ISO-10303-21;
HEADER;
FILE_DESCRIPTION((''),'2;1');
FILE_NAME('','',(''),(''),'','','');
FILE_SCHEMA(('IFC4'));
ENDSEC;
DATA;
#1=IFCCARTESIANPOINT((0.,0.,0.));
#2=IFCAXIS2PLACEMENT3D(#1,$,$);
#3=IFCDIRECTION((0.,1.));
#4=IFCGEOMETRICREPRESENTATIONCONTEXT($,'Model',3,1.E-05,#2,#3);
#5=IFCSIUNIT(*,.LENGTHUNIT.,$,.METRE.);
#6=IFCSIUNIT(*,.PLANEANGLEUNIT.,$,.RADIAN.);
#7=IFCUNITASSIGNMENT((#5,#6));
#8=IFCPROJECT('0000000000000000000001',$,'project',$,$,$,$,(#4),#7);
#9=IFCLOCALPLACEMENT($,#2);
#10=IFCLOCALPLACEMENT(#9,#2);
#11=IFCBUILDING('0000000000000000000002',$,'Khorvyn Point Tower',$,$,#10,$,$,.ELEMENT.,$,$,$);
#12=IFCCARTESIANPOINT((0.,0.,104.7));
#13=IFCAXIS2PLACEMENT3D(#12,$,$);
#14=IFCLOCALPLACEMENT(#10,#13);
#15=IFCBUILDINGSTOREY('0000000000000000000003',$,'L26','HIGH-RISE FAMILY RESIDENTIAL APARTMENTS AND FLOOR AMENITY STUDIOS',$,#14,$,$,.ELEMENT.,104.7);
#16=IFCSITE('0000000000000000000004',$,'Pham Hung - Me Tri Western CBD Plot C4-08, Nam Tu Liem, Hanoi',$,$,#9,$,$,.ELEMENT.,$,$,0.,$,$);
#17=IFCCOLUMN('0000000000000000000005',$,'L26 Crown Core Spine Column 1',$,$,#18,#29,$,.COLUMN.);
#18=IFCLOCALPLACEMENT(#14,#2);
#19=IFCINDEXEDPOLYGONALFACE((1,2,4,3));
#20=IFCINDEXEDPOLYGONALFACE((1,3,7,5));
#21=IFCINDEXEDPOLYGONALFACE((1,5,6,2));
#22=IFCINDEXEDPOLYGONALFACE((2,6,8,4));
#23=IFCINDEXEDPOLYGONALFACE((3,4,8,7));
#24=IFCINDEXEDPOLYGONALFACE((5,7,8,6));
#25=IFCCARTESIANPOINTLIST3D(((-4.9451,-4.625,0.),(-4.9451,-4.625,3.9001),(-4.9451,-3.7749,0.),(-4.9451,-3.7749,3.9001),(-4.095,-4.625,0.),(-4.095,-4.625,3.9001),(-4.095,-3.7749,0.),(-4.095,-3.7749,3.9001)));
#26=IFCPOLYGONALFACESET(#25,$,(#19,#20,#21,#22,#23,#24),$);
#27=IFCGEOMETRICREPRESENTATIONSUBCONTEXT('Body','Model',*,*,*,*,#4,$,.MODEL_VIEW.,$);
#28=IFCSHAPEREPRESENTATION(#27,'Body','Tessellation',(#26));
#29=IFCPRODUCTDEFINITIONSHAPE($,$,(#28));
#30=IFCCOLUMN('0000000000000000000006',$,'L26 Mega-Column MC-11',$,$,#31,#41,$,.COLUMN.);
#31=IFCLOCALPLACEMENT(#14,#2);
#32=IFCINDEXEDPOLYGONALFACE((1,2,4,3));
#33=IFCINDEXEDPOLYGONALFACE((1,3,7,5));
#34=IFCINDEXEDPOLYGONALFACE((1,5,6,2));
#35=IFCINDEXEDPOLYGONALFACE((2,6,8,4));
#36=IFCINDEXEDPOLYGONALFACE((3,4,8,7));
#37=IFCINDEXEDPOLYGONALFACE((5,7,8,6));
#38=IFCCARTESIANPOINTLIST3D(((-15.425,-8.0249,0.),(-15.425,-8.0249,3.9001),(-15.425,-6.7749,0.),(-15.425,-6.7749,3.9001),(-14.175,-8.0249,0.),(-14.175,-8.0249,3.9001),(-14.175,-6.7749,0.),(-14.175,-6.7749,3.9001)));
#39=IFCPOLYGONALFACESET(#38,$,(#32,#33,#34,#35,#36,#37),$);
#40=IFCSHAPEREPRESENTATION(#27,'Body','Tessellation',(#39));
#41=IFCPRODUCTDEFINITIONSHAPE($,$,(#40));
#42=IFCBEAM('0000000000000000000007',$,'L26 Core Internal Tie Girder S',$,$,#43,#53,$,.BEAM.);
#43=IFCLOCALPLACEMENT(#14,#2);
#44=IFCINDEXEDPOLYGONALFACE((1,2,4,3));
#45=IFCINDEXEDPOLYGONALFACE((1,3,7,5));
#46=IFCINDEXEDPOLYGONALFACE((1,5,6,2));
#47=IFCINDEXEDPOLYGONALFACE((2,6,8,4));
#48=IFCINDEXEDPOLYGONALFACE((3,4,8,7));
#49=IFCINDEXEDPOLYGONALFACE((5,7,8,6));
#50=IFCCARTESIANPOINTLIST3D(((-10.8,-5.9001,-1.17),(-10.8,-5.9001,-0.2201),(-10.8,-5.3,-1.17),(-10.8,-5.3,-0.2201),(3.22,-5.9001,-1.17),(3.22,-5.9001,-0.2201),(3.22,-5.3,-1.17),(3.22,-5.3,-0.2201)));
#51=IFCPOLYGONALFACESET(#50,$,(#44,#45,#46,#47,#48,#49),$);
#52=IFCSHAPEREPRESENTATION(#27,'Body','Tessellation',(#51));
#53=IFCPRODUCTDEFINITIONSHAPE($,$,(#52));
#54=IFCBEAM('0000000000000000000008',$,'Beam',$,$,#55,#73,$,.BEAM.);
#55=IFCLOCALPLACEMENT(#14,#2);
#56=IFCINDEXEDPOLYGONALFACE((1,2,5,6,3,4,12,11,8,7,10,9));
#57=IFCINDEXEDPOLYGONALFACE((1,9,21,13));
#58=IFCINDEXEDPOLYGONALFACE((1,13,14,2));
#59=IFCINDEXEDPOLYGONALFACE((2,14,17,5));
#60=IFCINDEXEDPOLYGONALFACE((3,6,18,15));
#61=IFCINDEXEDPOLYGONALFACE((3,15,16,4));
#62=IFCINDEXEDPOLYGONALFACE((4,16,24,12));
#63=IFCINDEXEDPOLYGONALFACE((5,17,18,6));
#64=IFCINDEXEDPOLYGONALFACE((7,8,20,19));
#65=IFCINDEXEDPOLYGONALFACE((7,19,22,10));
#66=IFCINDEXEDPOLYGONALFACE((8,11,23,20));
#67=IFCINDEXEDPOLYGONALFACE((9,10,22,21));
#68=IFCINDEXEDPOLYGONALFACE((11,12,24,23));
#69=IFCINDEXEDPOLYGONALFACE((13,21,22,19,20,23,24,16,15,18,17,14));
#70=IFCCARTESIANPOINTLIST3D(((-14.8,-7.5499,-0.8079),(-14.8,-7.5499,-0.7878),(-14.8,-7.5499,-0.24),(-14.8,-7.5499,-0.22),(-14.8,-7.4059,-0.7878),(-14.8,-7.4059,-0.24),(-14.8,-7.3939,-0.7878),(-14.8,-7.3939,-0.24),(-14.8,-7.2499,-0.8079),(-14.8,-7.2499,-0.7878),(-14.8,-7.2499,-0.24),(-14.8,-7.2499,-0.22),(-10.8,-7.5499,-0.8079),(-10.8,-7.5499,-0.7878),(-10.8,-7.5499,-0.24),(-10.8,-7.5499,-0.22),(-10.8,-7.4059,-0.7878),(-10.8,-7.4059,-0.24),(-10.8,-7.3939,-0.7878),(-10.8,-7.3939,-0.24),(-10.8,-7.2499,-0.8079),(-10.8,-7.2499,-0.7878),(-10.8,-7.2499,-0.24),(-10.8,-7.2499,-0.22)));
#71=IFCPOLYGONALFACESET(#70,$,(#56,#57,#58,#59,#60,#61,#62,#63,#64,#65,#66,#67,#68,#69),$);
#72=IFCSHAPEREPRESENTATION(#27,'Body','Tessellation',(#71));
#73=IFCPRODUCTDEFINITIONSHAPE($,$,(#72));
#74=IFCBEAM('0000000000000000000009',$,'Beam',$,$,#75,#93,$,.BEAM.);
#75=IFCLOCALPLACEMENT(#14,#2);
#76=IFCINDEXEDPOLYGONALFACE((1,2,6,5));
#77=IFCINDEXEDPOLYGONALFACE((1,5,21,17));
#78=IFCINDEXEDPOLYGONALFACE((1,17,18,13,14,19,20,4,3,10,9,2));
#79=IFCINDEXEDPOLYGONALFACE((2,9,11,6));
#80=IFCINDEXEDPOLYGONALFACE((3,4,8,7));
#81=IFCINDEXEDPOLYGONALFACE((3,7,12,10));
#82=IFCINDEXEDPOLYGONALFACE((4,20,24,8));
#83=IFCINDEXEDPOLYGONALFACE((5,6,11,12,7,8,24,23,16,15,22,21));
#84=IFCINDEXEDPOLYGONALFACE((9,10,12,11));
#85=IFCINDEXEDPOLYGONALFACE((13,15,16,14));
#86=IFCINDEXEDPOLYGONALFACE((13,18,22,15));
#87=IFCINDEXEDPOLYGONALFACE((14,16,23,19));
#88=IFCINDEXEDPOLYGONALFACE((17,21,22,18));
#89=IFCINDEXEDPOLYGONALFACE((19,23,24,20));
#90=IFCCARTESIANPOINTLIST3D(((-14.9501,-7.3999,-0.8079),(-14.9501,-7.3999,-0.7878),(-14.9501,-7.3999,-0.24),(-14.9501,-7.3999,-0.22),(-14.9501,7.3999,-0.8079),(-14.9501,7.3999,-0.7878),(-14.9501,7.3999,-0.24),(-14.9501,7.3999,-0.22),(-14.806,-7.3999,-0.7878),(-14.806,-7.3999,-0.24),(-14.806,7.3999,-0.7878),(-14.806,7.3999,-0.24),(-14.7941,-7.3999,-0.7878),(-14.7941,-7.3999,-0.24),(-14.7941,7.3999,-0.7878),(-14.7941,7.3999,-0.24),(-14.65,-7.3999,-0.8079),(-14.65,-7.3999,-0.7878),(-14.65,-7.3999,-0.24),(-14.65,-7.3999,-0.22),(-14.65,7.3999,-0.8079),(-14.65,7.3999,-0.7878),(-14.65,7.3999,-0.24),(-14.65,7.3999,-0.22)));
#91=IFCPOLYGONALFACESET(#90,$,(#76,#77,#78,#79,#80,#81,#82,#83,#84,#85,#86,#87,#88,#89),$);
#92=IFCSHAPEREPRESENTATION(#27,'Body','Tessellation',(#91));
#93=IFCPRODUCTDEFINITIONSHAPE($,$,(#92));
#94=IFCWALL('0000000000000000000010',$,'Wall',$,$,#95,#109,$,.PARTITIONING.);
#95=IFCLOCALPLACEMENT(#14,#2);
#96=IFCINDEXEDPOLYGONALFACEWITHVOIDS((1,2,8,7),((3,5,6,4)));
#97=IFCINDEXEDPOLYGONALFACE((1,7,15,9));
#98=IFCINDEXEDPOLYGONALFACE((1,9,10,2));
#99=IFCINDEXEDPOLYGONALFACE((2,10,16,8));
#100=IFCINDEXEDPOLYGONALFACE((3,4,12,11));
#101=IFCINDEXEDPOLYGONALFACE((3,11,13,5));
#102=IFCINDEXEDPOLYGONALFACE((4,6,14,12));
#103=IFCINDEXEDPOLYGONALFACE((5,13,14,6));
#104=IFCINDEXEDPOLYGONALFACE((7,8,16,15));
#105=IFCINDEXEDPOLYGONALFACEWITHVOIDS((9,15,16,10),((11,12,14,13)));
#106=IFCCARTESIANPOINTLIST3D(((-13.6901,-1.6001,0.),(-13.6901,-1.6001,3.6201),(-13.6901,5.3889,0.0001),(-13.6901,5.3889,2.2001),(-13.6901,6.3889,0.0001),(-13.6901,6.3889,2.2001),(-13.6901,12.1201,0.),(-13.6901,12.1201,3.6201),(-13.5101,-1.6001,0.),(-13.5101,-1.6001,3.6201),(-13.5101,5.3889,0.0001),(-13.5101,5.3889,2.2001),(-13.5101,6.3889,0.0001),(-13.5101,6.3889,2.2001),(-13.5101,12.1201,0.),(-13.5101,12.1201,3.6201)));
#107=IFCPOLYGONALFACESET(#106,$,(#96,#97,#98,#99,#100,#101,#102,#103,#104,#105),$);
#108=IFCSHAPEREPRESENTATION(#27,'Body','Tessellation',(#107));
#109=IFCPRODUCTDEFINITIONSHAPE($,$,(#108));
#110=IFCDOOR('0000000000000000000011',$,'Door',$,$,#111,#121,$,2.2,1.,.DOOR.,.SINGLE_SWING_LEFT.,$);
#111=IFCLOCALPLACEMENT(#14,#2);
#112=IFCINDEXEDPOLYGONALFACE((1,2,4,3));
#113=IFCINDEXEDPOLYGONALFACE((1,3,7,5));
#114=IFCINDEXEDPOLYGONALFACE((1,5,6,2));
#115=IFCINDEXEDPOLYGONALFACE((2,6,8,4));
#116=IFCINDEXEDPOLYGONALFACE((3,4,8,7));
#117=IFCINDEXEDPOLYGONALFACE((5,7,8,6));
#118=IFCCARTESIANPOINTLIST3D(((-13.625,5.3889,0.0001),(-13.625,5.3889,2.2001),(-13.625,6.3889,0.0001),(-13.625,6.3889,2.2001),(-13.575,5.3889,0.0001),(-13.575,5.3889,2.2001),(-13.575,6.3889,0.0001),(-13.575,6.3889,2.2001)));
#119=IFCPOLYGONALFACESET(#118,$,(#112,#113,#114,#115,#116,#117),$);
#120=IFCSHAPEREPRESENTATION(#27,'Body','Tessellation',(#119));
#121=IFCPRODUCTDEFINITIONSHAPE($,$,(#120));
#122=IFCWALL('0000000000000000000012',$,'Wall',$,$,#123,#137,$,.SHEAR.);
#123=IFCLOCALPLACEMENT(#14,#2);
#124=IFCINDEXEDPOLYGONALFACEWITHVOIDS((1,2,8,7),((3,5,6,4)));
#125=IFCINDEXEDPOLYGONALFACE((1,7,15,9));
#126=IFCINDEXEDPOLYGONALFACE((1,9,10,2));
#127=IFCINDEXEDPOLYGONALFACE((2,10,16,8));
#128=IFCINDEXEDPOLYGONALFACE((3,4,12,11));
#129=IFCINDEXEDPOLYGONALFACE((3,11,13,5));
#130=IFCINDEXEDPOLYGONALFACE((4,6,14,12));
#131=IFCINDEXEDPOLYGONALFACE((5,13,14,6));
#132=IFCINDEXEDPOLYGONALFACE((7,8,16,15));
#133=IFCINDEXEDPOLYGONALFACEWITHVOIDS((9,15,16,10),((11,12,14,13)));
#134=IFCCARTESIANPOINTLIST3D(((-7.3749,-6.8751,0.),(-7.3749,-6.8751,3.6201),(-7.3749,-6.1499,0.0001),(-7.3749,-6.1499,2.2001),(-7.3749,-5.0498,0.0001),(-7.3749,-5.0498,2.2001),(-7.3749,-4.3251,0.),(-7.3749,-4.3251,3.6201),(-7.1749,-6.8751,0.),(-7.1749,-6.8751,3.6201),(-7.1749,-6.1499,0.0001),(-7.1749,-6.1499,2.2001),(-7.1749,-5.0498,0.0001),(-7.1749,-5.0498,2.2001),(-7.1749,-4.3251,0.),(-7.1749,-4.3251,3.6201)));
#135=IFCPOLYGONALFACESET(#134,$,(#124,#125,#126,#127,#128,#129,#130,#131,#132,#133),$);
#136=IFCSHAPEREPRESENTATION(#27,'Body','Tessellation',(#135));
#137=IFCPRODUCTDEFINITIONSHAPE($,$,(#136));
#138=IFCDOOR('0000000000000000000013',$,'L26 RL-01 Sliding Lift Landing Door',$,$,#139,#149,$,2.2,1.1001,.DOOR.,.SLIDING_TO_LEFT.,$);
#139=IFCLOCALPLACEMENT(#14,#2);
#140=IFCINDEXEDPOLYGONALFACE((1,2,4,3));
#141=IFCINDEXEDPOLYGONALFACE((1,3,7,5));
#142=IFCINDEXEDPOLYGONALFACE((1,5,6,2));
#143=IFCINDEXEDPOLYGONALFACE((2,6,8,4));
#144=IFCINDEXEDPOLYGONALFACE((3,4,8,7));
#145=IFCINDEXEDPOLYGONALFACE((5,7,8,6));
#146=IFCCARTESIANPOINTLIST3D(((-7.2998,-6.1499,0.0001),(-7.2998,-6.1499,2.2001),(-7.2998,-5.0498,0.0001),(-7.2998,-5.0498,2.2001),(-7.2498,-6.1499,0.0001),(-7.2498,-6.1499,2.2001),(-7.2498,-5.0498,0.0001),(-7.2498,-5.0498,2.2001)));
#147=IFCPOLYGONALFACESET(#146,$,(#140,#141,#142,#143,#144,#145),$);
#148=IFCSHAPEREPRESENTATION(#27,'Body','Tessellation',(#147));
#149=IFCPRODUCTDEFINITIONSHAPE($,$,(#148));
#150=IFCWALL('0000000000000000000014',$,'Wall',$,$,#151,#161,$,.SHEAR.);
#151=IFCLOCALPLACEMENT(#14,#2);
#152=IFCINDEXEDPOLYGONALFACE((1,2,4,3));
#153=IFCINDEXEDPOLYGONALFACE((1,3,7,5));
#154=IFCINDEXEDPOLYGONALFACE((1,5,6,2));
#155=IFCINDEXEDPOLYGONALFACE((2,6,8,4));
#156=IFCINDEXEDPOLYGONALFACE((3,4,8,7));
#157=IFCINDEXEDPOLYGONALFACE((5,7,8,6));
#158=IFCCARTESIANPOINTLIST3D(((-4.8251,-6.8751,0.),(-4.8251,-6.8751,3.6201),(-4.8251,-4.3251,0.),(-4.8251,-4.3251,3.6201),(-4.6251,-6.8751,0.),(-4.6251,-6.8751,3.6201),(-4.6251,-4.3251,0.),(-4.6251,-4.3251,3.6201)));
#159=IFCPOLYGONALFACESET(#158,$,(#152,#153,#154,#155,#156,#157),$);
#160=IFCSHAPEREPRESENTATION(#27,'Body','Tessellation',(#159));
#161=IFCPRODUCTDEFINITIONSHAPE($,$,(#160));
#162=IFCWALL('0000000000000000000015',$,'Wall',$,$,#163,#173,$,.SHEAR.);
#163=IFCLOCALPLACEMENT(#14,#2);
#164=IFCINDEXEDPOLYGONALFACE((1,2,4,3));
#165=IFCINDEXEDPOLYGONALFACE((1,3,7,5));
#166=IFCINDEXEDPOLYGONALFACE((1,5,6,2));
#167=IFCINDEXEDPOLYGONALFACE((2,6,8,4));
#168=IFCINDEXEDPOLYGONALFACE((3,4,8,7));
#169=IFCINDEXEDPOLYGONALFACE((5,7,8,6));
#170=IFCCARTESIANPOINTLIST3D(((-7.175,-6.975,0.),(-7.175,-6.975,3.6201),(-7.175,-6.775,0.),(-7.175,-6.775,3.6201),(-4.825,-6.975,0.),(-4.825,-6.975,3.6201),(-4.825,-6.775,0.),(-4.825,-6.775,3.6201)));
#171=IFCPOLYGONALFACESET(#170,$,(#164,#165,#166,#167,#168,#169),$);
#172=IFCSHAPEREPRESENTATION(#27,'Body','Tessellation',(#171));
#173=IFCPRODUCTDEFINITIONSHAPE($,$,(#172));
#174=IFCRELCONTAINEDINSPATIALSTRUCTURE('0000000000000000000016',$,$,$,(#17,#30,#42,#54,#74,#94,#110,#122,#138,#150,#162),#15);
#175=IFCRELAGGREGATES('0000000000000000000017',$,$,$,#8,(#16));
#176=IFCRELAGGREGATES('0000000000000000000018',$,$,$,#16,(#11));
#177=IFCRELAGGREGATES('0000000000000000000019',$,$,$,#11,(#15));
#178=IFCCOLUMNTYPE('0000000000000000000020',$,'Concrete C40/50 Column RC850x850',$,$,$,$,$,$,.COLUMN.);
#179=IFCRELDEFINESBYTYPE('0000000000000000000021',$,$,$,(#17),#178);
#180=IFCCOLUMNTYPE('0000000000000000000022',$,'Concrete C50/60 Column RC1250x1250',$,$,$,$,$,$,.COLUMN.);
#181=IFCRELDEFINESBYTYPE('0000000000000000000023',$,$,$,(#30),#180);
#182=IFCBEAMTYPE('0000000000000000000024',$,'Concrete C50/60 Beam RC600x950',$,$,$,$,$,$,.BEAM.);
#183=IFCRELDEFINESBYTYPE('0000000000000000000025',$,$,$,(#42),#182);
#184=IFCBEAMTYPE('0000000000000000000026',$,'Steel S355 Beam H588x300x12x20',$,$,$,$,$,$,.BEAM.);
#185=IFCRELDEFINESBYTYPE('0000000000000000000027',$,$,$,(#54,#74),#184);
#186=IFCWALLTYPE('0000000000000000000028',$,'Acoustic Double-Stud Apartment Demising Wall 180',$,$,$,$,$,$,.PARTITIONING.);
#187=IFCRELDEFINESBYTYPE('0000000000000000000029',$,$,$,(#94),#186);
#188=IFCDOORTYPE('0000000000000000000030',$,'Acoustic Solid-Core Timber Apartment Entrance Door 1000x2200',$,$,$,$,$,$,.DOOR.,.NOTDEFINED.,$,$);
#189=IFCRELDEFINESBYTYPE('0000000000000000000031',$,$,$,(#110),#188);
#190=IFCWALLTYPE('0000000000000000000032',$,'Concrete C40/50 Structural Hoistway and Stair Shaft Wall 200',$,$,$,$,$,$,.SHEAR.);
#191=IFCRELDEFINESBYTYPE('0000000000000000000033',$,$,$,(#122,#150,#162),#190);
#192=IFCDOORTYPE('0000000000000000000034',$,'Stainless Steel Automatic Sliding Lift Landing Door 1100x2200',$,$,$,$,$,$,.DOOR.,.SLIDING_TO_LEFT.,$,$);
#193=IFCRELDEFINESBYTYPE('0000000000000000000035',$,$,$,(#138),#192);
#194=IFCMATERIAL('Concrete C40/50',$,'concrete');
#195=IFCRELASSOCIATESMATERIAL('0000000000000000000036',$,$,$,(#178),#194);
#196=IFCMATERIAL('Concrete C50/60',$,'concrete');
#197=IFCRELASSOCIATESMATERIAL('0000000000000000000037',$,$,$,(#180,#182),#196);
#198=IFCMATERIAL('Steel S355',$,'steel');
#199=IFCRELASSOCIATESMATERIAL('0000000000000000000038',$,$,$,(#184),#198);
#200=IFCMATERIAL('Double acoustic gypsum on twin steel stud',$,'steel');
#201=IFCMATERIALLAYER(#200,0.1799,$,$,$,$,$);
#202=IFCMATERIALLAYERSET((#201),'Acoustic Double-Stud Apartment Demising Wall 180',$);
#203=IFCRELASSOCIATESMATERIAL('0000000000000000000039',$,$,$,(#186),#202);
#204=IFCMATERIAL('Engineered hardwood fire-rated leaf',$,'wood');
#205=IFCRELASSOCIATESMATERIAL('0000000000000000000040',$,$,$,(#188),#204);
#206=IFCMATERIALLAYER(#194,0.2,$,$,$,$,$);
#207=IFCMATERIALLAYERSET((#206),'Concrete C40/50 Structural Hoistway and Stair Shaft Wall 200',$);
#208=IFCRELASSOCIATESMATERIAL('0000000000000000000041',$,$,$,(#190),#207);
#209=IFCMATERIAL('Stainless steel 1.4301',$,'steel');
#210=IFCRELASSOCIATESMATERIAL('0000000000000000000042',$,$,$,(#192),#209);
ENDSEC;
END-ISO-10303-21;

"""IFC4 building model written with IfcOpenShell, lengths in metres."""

from ifc_helpers import new_model, si_unit, direction, frame, frame_2d, origin, origin_2d, place, context, subcontext, project, spatial, rectangle, i_section, extrude, material, layer, layer_set, material_profile, profile_set, type_object, element, fill, save


model = new_model("IFC4")

# Units and contexts
model_context = context("Model", 3, precision=1e-05, world=origin(), true_north=direction((0.0, 1.0)))
body_context = subcontext(model_context, "Body", "Model", "MODEL_VIEW")
ifc_project = project(units=[si_unit("LENGTHUNIT", "METRE"), si_unit("PLANEANGLEUNIT", "RADIAN")], contexts=[model_context])

# Site, building, storey
site_placement = place(None, origin())
site = spatial("IfcSite", under=ifc_project, at=site_placement, Name="Pham Hung - Me Tri Western CBD Plot C4-08, Nam Tu Liem, Hanoi", CompositionType="ELEMENT", RefElevation=0.0)
building_placement = place(site_placement, origin())
building = spatial("IfcBuilding", under=site, at=building_placement, Name="Khorvyn Point Tower", CompositionType="ELEMENT")
storey_placement = place(building_placement, frame((0.0, 0.0, 104.7)))
storey = spatial("IfcBuildingStorey", under=building, at=storey_placement, Name="L26", Description="HIGH-RISE FAMILY RESIDENTIAL APARTMENTS AND FLOOR AMENITY STUDIOS", CompositionType="ELEMENT", Elevation=104.7)

# Columns
ifc_material_1 = material(Name="Concrete C40/50", Category="concrete")
ifc_material_profile_1 = material_profile(ifc_material_1, rectangle(XDim=0.8501, YDim=0.8501, at=origin_2d()))
ifc_profile_set_1 = profile_set([ifc_material_profile_1], Name="Concrete C40/50 RC850x850")
column_type_1 = type_object("IfcColumnType", Name="Concrete C40/50 Column RC850x850", PredefinedType="COLUMN", material=ifc_profile_set_1)
column_1_placement = place(storey_placement, frame((-4.52, -4.2, 0.0), z_axis=(0.0, 0.0, 1.0), x_axis=(1.0, 0.0, 0.0)))
element("IfcColumn", 1, at=column_1_placement, inside=storey, type_object=column_type_1, Name="L26 Crown Core Spine Column 1", PredefinedType="COLUMN", context=body_context, shape_type="SweptSolid", body=[
    extrude(rectangle(XDim=0.8501, YDim=0.8501, at=origin_2d()), origin(), (0.0, 0.0, 1.0), 3.9001),
])
ifc_material_2 = material(Name="Concrete C50/60", Category="concrete")
ifc_material_profile_2 = material_profile(ifc_material_2, rectangle(XDim=1.25, YDim=1.25, at=origin_2d()))
ifc_profile_set_2 = profile_set([ifc_material_profile_2], Name="Concrete C50/60 RC1250x1250")
column_type_2 = type_object("IfcColumnType", Name="Concrete C50/60 Column RC1250x1250", PredefinedType="COLUMN", material=ifc_profile_set_2)
column_2_placement = place(storey_placement, frame((-14.8, -7.3999, 0.0), z_axis=(0.0, 0.0, 1.0), x_axis=(1.0, 0.0, 0.0)))
element("IfcColumn", 2, at=column_2_placement, inside=storey, type_object=column_type_2, Name="L26 Mega-Column MC-11", PredefinedType="COLUMN", context=body_context, shape_type="SweptSolid", body=[
    extrude(rectangle(XDim=1.25, YDim=1.25, at=origin_2d()), origin(), (0.0, 0.0, 1.0), 3.9001),
])

# Beams
ifc_material_profile_3 = material_profile(ifc_material_2, rectangle(XDim=0.6001, YDim=0.95, at=origin_2d()))
ifc_profile_set_3 = profile_set([ifc_material_profile_3], Name="Concrete C50/60 RC600x950")
beam_type_1 = type_object("IfcBeamType", Name="Concrete C50/60 Beam RC600x950", PredefinedType="BEAM", material=ifc_profile_set_3)
beam_1_placement = place(storey_placement, frame((-10.8, -5.6001, -0.6951), z_axis=(1.0, 0.0, 0.0), x_axis=(0.0, 1.0, 0.0)))
element("IfcBeam", 3, at=beam_1_placement, inside=storey, type_object=beam_type_1, Name="L26 Core Internal Tie Girder S", PredefinedType="BEAM", context=body_context, shape_type="SweptSolid", body=[
    extrude(rectangle(XDim=0.6001, YDim=0.95, at=origin_2d()), origin(), (0.0, 0.0, 1.0), 14.02),
])
ifc_material_3 = material(Name="Steel S355", Category="steel")
ifc_material_profile_4 = material_profile(ifc_material_3, i_section(OverallWidth=0.3, OverallDepth=0.5879, WebThickness=0.012, FlangeThickness=0.02, at=origin_2d()))
ifc_profile_set_4 = profile_set([ifc_material_profile_4], Name="Steel S355 H588x300x12x20")
beam_type_2 = type_object("IfcBeamType", Name="Steel S355 Beam H588x300x12x20", PredefinedType="BEAM", material=ifc_profile_set_4)
beam_2_placement = place(storey_placement, frame((-14.8, -7.3999, -0.5139), z_axis=(1.0, 0.0, 0.0), x_axis=(0.0, 1.0, 0.0)))
element("IfcBeam", 4, at=beam_2_placement, inside=storey, type_object=beam_type_2, Name="Beam", PredefinedType="BEAM", context=body_context, shape_type="SweptSolid", body=[
    extrude(i_section(OverallWidth=0.3, OverallDepth=0.5879, WebThickness=0.012, FlangeThickness=0.02, at=origin_2d()), origin(), (0.0, 0.0, 1.0), 4.0),
])
beam_3_placement = place(storey_placement, frame((-14.8, -7.3999, -0.5139), z_axis=(0.0, 1.0, 0.0), x_axis=(-1.0, 0.0, 0.0)))
element("IfcBeam", 5, at=beam_3_placement, inside=storey, type_object=beam_type_2, Name="Beam", PredefinedType="BEAM", context=body_context, shape_type="SweptSolid", body=[
    extrude(i_section(OverallWidth=0.3, OverallDepth=0.5879, WebThickness=0.012, FlangeThickness=0.02, at=origin_2d()), origin(), (0.0, 0.0, 1.0), 14.7998),
])

# Walls, openings, doors
ifc_material_4 = material(Name="Double acoustic gypsum on twin steel stud", Category="steel")
ifc_layer_1 = layer(ifc_material_4, 0.1799)
ifc_layer_set_1 = layer_set([ifc_layer_1], Name="Acoustic Double-Stud Apartment Demising Wall 180")
wall_type_1 = type_object("IfcWallType", Name="Acoustic Double-Stud Apartment Demising Wall 180", PredefinedType="PARTITIONING", material=ifc_layer_set_1)
wall_1_placement = place(storey_placement, frame((-13.6001, -1.6001, 0.0), z_axis=(0.0, 0.0, 1.0), x_axis=(0.0, 1.0, 0.0)))
wall_1 = element("IfcWall", 6, at=wall_1_placement, inside=storey, type_object=wall_type_1, Name="Wall", PredefinedType="PARTITIONING", context=body_context, shape_type="SweptSolid", body=[
    extrude(rectangle(XDim=13.7202, YDim=0.1799, at=frame_2d((6.8601, 0.0))), origin(), (0.0, 0.0, 1.0), 3.6201),
])
opening_1_placement = place(wall_1_placement, frame((6.989, 0.0, 0.0)))
opening_1 = element("IfcOpeningElement", 7, at=opening_1_placement, cuts=wall_1, PredefinedType="OPENING", context=body_context, shape_type="SweptSolid", body=[
    extrude(rectangle(XDim=1.0, YDim=2.2, at=frame_2d((0.5, 1.1001))), frame((0.0, 0.0999, 0.0), z_axis=(0.0, -1.0, 0.0), x_axis=(1.0, 0.0, 0.0)), (0.0, 0.0, 1.0), 0.2),
])
ifc_material_5 = material(Name="Engineered hardwood fire-rated leaf", Category="wood")
door_type_1 = type_object("IfcDoorType", Name="Acoustic Solid-Core Timber Apartment Entrance Door 1000x2200", OperationType="NOTDEFINED", PredefinedType="DOOR", material=ifc_material_5)
door_1_placement = place(opening_1_placement, origin())
door_1 = element("IfcDoor", 8, at=door_1_placement, inside=storey, type_object=door_type_1, Name="Door", OperationType="SINGLE_SWING_LEFT", OverallHeight=2.2, OverallWidth=1.0, PredefinedType="DOOR", context=body_context, shape_type="SweptSolid", body=[
    extrude(rectangle(XDim=1.0, YDim=2.2, at=frame_2d((0.5, 1.1001))), frame((0.0, 0.0249, 0.0), z_axis=(0.0, -1.0, 0.0), x_axis=(1.0, 0.0, 0.0)), (0.0, 0.0, 1.0), 0.05),
])
fill(opening_1, door_1)
ifc_layer_2 = layer(ifc_material_1, 0.2)
ifc_layer_set_2 = layer_set([ifc_layer_2], Name="Concrete C40/50 Structural Hoistway and Stair Shaft Wall 200")
wall_type_2 = type_object("IfcWallType", Name="Concrete C40/50 Structural Hoistway and Stair Shaft Wall 200", PredefinedType="SHEAR", material=ifc_layer_set_2)
wall_2_placement = place(storey_placement, frame((-7.2749, -6.875, 0.0), z_axis=(0.0, 0.0, 1.0), x_axis=(0.0, 1.0, 0.0)))
wall_2 = element("IfcWall", 9, at=wall_2_placement, inside=storey, type_object=wall_type_2, Name="Wall", PredefinedType="SHEAR", context=body_context, shape_type="SweptSolid", body=[
    extrude(rectangle(XDim=2.55, YDim=0.2, at=frame_2d((1.2749, 0.0))), origin(), (0.0, 0.0, 1.0), 3.6201),
])
opening_2_placement = place(wall_2_placement, frame((0.7251, 0.0, 0.0)))
opening_2 = element("IfcOpeningElement", 10, at=opening_2_placement, cuts=wall_2, PredefinedType="OPENING", context=body_context, shape_type="SweptSolid", body=[
    extrude(rectangle(XDim=1.1001, YDim=2.2, at=frame_2d((0.55, 1.1001))), frame((0.0, 0.1099, 0.0), z_axis=(0.0, -1.0, 0.0), x_axis=(1.0, 0.0, 0.0)), (0.0, 0.0, 1.0), 0.22),
])
ifc_material_6 = material(Name="Stainless steel 1.4301", Category="steel")
door_type_2 = type_object("IfcDoorType", Name="Stainless Steel Automatic Sliding Lift Landing Door 1100x2200", OperationType="SLIDING_TO_LEFT", PredefinedType="DOOR", material=ifc_material_6)
door_2_placement = place(opening_2_placement, origin())
door_2 = element("IfcDoor", 11, at=door_2_placement, inside=storey, type_object=door_type_2, Name="L26 RL-01 Sliding Lift Landing Door", OperationType="SLIDING_TO_LEFT", OverallHeight=2.2, OverallWidth=1.1001, PredefinedType="DOOR", context=body_context, shape_type="SweptSolid", body=[
    extrude(rectangle(XDim=1.1001, YDim=2.2, at=frame_2d((0.55, 1.1001))), frame((0.0, 0.0249, 0.0), z_axis=(0.0, -1.0, 0.0), x_axis=(1.0, 0.0, 0.0)), (0.0, 0.0, 1.0), 0.05),
])
fill(opening_2, door_2)

# Walls
wall_3_placement = place(storey_placement, frame((-4.7251, -6.875, 0.0), z_axis=(0.0, 0.0, 1.0), x_axis=(0.0, 1.0, 0.0)))
element("IfcWall", 12, at=wall_3_placement, inside=storey, type_object=wall_type_2, Name="Wall", PredefinedType="SHEAR", context=body_context, shape_type="SweptSolid", body=[
    extrude(rectangle(XDim=2.55, YDim=0.2, at=frame_2d((1.2749, 0.0))), origin(), (0.0, 0.0, 1.0), 3.6201),
])
for number, where, z_axis, x_axis, name in (
    (13, (-7.175, -6.875, 0.0), (0.0, 0.0, 1.0), (1.0, 0.0, 0.0), "Wall"),
):
    element("IfcWall", number, at=place(storey_placement, frame(where, z_axis=z_axis, x_axis=x_axis)), inside=storey, type_object=wall_type_2, Name=name, PredefinedType="SHEAR", context=body_context, shape_type="SweptSolid", body=[
        extrude(rectangle(XDim=2.3501, YDim=0.2, at=frame_2d((1.175, 0.0))), origin(), (0.0, 0.0, 1.0), 3.6201),
    ])

save(model, "model.ifc")
